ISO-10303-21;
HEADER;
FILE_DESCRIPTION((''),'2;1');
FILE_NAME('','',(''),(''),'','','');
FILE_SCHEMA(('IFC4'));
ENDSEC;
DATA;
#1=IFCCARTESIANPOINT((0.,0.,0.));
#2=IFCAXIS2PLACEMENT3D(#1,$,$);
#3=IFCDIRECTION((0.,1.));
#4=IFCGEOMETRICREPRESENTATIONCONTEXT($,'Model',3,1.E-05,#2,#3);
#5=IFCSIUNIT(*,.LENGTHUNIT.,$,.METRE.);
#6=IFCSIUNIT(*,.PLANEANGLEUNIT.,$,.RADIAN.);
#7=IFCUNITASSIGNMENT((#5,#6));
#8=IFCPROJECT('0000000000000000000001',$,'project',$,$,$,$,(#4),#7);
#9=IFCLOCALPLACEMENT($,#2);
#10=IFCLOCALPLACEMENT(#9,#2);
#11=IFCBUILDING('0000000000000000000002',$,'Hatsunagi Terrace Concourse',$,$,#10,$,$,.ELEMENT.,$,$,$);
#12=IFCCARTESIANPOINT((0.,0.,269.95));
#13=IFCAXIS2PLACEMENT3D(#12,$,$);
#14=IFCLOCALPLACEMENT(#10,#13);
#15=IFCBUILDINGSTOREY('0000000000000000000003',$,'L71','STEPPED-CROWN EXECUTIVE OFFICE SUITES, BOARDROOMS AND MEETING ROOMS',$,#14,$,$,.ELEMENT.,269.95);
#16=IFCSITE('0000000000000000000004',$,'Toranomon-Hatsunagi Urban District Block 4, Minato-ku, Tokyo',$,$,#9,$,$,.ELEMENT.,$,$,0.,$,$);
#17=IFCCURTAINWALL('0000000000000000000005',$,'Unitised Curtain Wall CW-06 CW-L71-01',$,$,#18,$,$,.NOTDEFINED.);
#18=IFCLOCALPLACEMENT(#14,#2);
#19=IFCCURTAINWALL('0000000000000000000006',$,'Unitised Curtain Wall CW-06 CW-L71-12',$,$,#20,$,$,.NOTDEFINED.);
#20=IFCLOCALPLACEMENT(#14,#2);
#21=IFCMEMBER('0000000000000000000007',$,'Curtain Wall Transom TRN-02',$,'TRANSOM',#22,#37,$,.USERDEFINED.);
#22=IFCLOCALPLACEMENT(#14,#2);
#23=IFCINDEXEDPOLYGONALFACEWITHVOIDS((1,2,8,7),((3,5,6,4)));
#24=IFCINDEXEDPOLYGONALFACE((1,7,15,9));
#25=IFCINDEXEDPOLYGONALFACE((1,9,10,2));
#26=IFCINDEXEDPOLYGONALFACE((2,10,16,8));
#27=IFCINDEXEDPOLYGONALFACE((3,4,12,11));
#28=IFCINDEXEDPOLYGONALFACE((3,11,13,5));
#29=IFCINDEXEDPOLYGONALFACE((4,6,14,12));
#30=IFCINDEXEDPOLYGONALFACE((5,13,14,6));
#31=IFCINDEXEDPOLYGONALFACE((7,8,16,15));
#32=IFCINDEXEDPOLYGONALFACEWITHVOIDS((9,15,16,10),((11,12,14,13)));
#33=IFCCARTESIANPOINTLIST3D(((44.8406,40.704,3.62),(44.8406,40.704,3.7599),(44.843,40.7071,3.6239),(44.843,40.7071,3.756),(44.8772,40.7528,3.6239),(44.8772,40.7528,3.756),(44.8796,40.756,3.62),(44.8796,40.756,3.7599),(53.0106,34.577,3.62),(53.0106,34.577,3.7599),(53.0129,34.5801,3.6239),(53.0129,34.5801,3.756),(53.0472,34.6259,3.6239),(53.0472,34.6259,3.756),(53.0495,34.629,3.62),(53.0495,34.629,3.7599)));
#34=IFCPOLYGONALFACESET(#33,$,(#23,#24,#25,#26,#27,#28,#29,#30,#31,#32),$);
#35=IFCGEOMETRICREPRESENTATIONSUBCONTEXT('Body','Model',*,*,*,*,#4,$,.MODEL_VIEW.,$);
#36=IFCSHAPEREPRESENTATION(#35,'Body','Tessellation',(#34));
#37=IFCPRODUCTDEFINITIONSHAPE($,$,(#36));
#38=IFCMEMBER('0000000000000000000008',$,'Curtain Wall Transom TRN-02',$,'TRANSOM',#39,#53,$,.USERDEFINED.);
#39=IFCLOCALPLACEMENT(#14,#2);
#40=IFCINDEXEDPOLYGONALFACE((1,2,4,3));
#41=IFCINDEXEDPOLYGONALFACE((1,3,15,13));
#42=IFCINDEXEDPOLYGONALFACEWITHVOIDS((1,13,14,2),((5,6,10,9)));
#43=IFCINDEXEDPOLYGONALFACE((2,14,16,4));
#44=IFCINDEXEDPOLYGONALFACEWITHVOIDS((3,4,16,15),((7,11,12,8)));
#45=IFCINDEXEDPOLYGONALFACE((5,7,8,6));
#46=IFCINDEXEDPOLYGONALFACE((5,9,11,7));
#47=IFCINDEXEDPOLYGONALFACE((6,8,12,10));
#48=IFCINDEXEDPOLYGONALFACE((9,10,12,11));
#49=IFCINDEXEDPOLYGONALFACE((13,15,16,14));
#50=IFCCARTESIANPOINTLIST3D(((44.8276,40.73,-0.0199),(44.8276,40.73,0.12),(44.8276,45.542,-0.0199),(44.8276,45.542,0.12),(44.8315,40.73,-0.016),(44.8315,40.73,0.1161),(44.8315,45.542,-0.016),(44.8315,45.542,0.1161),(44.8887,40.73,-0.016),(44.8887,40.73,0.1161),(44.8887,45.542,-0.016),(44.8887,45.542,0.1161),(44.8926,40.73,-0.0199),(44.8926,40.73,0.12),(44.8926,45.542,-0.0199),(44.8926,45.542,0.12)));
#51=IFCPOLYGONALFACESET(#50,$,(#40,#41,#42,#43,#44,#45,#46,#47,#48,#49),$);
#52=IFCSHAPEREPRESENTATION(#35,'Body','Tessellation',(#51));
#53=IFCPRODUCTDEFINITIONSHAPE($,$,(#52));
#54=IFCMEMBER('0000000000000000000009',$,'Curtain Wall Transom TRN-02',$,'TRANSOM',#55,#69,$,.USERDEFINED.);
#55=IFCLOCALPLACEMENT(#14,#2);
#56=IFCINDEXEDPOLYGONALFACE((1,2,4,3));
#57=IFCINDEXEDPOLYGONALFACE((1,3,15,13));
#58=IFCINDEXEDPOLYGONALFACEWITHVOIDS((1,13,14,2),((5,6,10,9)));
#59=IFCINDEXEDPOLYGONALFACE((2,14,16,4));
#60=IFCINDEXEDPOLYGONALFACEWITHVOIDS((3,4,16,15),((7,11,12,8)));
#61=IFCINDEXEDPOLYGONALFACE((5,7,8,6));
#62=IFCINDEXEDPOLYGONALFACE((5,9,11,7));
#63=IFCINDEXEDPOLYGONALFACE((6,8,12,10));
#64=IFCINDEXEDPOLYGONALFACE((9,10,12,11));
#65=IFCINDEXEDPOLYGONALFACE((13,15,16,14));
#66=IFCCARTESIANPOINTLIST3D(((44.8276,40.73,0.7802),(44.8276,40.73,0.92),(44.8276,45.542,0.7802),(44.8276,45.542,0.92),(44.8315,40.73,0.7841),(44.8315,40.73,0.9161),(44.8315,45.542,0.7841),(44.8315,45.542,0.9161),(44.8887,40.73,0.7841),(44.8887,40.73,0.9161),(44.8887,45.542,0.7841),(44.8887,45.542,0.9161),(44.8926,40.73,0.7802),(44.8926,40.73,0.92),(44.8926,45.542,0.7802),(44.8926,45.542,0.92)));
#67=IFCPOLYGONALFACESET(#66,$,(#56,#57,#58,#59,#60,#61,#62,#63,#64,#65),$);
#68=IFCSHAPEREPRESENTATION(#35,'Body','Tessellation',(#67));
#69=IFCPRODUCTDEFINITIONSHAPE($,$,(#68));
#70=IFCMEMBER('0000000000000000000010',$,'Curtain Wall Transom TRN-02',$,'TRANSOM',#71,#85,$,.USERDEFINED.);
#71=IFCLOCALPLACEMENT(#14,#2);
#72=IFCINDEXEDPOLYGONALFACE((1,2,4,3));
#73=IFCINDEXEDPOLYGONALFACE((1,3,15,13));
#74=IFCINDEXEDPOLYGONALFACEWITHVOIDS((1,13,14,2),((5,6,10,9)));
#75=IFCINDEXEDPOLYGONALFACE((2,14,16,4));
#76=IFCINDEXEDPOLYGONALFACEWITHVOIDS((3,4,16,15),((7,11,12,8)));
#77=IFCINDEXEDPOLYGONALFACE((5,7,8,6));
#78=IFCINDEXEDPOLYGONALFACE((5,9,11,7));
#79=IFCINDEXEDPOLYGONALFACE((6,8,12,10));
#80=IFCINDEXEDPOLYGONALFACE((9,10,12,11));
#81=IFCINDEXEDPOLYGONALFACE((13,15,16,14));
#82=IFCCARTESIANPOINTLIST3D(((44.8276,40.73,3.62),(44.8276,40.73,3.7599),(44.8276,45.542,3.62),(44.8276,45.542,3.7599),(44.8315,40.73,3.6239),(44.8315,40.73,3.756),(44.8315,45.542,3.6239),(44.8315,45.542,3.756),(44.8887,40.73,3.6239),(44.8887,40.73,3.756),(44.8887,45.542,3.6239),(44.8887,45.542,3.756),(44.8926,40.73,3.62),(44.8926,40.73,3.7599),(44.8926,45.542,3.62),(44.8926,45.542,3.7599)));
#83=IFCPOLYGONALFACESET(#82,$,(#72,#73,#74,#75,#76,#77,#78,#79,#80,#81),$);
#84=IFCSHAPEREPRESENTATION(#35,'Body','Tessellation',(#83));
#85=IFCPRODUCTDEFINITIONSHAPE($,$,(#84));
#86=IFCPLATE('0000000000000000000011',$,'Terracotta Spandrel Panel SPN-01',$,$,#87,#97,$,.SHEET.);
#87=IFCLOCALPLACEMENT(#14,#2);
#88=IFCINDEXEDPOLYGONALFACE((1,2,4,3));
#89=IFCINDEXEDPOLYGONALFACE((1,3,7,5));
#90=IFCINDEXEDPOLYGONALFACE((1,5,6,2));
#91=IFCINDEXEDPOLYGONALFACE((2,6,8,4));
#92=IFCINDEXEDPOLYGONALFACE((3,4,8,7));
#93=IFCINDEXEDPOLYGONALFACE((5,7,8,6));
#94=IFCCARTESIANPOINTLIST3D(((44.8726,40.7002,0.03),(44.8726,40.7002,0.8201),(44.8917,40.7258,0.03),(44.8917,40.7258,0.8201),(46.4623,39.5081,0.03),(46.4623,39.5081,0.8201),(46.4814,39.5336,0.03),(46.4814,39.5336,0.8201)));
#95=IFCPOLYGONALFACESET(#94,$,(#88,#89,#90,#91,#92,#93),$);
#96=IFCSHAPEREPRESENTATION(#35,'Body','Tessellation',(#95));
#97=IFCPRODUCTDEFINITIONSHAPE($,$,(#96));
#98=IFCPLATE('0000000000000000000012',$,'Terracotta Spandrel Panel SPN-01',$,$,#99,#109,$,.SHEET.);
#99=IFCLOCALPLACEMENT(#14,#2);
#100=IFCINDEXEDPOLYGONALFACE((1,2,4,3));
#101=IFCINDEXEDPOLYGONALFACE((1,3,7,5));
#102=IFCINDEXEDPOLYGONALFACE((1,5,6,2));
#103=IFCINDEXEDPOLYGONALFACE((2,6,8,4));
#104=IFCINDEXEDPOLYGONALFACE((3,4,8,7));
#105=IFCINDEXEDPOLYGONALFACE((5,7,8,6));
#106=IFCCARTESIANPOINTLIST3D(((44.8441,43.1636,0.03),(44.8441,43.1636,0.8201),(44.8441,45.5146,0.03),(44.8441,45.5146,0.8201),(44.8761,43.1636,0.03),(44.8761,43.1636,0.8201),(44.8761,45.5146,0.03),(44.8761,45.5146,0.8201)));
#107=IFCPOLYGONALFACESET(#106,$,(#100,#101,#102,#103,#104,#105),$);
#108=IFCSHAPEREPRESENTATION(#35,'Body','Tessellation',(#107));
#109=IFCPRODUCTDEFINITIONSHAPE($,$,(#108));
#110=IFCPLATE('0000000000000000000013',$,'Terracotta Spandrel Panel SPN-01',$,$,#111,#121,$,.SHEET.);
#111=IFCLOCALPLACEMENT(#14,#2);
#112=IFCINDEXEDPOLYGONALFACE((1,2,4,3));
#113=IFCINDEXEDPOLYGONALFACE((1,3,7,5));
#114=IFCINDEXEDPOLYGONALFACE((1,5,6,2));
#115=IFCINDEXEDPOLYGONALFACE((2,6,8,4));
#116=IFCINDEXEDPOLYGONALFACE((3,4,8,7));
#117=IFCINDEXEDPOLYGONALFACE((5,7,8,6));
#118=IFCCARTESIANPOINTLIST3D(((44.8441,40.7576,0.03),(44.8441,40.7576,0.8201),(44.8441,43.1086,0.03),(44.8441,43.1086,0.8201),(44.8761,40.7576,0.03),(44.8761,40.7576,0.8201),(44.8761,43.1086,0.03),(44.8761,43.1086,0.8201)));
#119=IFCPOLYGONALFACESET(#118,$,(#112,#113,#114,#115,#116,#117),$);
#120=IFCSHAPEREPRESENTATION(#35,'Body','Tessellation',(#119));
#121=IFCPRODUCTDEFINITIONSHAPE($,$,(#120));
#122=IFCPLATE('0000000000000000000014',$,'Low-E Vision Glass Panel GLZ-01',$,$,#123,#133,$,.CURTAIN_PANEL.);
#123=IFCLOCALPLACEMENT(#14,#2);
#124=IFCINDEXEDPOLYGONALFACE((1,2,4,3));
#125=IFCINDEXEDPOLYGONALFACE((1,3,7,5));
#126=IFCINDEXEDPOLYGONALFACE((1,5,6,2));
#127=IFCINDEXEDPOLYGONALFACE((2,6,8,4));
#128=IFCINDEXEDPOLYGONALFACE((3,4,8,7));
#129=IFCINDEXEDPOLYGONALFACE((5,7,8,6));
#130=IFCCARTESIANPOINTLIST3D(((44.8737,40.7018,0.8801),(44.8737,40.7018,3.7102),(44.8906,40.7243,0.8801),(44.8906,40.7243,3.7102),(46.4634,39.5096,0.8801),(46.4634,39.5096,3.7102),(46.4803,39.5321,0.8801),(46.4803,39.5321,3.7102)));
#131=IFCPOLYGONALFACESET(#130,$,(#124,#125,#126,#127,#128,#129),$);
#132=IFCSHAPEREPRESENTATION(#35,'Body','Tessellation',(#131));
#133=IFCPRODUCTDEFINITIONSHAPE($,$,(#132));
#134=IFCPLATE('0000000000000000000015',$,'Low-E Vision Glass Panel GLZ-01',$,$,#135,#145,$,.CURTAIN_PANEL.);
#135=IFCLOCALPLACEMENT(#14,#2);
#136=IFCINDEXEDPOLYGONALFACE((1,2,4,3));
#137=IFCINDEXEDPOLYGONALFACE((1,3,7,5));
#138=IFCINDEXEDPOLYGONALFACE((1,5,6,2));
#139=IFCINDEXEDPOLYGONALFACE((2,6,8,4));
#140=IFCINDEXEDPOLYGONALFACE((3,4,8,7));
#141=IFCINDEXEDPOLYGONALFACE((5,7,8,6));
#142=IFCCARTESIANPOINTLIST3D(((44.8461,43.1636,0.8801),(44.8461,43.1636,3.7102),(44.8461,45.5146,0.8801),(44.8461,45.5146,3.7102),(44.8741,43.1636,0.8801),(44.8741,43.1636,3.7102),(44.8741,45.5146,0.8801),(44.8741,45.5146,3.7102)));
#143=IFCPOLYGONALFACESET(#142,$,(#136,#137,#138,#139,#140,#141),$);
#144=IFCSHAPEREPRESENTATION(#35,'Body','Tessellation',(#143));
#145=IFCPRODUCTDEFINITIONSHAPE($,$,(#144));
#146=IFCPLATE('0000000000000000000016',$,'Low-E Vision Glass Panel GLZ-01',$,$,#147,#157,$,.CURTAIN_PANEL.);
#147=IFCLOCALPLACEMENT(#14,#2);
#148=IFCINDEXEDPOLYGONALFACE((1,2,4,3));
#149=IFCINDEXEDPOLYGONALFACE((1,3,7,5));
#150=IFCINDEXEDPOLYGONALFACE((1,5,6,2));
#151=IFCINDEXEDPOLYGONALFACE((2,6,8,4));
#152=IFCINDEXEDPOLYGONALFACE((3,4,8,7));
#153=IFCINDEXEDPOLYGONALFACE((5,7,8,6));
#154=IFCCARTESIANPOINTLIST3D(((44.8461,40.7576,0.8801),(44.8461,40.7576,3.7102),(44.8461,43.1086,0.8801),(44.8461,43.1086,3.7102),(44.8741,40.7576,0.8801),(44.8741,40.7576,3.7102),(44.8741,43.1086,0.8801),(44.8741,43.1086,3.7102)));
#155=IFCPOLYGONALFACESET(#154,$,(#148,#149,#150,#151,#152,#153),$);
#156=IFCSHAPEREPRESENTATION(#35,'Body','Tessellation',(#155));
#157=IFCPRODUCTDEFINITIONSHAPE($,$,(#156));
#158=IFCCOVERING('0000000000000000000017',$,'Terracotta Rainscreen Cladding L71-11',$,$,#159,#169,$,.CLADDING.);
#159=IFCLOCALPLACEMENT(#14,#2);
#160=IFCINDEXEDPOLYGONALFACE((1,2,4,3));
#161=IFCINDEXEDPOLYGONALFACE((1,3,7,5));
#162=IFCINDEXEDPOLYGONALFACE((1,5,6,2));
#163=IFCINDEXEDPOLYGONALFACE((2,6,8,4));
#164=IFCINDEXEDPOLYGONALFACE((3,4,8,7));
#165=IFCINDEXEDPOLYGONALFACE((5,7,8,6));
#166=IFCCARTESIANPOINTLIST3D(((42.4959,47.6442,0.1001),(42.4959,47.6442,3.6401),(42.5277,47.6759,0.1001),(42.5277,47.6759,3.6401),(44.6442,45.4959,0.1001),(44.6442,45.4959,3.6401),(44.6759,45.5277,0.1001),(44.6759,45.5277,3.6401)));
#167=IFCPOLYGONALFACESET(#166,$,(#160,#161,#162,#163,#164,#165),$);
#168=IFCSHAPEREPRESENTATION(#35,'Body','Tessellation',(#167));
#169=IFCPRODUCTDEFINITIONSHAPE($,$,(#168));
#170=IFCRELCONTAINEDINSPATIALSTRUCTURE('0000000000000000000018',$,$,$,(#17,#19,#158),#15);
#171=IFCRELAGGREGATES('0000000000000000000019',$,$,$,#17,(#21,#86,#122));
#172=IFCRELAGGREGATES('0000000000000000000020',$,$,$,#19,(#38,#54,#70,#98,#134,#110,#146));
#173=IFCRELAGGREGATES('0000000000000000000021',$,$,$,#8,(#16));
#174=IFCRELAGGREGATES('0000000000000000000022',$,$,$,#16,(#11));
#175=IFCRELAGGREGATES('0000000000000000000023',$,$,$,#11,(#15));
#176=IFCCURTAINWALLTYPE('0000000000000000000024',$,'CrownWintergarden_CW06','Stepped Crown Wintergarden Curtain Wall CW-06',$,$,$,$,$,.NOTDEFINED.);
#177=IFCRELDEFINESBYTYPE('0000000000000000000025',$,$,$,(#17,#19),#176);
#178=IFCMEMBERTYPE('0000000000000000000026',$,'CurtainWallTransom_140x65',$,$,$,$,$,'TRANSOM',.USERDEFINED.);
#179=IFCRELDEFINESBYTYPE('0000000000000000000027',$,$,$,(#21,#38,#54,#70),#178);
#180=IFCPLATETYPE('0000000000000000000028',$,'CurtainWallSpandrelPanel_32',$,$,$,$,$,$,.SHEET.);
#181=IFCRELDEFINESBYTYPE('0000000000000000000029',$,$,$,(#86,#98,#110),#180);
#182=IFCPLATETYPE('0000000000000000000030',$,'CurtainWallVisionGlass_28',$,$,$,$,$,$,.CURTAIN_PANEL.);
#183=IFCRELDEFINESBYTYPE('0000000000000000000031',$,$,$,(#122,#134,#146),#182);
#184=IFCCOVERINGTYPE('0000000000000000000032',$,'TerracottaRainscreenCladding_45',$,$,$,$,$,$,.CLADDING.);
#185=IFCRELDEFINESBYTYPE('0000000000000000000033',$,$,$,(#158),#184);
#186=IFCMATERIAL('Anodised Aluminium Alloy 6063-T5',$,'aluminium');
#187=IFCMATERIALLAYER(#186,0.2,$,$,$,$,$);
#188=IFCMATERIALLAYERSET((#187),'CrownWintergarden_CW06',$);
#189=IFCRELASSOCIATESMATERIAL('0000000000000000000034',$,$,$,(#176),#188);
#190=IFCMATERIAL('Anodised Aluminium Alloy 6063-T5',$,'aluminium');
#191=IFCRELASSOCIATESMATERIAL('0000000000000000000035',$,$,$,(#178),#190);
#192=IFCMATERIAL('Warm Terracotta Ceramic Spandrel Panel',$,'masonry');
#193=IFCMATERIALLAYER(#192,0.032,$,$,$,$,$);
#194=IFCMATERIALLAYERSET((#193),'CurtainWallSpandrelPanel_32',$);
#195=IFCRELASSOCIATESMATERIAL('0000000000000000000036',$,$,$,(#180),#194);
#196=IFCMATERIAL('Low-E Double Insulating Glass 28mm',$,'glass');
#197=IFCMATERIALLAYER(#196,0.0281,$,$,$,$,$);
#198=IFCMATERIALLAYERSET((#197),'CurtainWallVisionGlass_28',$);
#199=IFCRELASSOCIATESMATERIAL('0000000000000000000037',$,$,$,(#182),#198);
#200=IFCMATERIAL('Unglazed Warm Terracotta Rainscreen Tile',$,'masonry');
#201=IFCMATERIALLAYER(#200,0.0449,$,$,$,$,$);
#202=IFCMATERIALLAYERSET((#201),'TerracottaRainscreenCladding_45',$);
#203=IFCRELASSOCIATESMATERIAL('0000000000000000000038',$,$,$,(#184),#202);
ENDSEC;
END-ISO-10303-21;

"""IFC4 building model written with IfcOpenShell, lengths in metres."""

from ifc_helpers import new_model, si_unit, direction, frame, origin, origin_2d, place, context, subcontext, project, spatial, rectangle, hollow_rectangle, extrude, material, layer, layer_set, material_profile, profile_set, type_object, element, aggregate, save


model = new_model("IFC4")

# Units and contexts
model_context = context("Model", 3, precision=1e-05, world=origin(), true_north=direction((0.0, 1.0)))
body_context = subcontext(model_context, "Body", "Model", "MODEL_VIEW")
ifc_project = project(units=[si_unit("LENGTHUNIT", "METRE"), si_unit("PLANEANGLEUNIT", "RADIAN")], contexts=[model_context])

# Site, building, storey
site_placement = place(None, origin())
site = spatial("IfcSite", under=ifc_project, at=site_placement, Name="Toranomon-Hatsunagi Urban District Block 4, Minato-ku, Tokyo", CompositionType="ELEMENT", RefElevation=0.0)
building_placement = place(site_placement, origin())
building = spatial("IfcBuilding", under=site, at=building_placement, Name="Hatsunagi Terrace Concourse", CompositionType="ELEMENT")
storey_placement = place(building_placement, frame((0.0, 0.0, 269.95)))
storey = spatial("IfcBuildingStorey", under=building, at=storey_placement, Name="L71", Description="STEPPED-CROWN EXECUTIVE OFFICE SUITES, BOARDROOMS AND MEETING ROOMS", CompositionType="ELEMENT", Elevation=269.95)

# Curtain walls
ifc_material_1 = material(Name="Anodised Aluminium Alloy 6063-T5", Category="aluminium")
ifc_layer_1 = layer(ifc_material_1, 0.2)
ifc_layer_set_1 = layer_set([ifc_layer_1], Name="CrownWintergarden_CW06")
curtain_wall_type = type_object("IfcCurtainWallType", Name="CrownWintergarden_CW06", Description="Stepped Crown Wintergarden Curtain Wall CW-06", PredefinedType="NOTDEFINED", material=ifc_layer_set_1)
curtain_wall_1_placement = place(storey_placement, origin())
curtain_wall_1 = element("IfcCurtainWall", 1, at=curtain_wall_1_placement, inside=storey, type_object=curtain_wall_type, Name="Unitised Curtain Wall CW-06 CW-L71-01", PredefinedType="NOTDEFINED")
curtain_wall_2_placement = place(storey_placement, origin())
curtain_wall_2 = element("IfcCurtainWall", 2, at=curtain_wall_2_placement, inside=storey, type_object=curtain_wall_type, Name="Unitised Curtain Wall CW-06 CW-L71-12", PredefinedType="NOTDEFINED")

# Members
ifc_material_2 = material(Name="Anodised Aluminium Alloy 6063-T5", Category="aluminium")
ifc_material_profile_1 = material_profile(ifc_material_2, hollow_rectangle(XDim=0.0649, YDim=0.1399, WallThickness=0.0039, at=origin_2d()), Name="ALU-TRN-140x65x4")
ifc_profile_set_1 = profile_set([ifc_material_profile_1], Name="Anodised Aluminium Alloy 6063-T5")
member_type_1 = type_object("IfcMemberType", Name="CurtainWallTransom_140x65", ElementType="TRANSOM", PredefinedType="USERDEFINED", material=ifc_profile_set_1)
member_1_placement = place(storey_placement, frame((44.8601, 40.73, 3.6899), z_axis=(0.800023, -0.599969, 0.0), x_axis=(0.599969, 0.800023, 0.0)))
member_1 = element("IfcMember", 3, at=member_1_placement, type_object=member_type_1, Name="Curtain Wall Transom TRN-02", ObjectType="TRANSOM", PredefinedType="USERDEFINED", context=body_context, shape_type="SweptSolid", body=[
    extrude(hollow_rectangle(XDim=0.0649, YDim=0.1399, WallThickness=0.0039, at=origin_2d()), origin(), (0.0, 0.0, 1.0), 10.2122),
])
member_2_placement = place(storey_placement, frame((44.8601, 45.542, 0.05), z_axis=(0.0, -1.0, 0.0), x_axis=(1.0, 0.0, 0.0)))
member_2 = element("IfcMember", 4, at=member_2_placement, type_object=member_type_1, Name="Curtain Wall Transom TRN-02", ObjectType="TRANSOM", PredefinedType="USERDEFINED", context=body_context, shape_type="SweptSolid", body=[
    extrude(hollow_rectangle(XDim=0.0649, YDim=0.1399, WallThickness=0.0039, at=origin_2d()), origin(), (0.0, 0.0, 1.0), 4.812),
])
member_3_placement = place(storey_placement, frame((44.8601, 45.542, 0.8501), z_axis=(0.0, -1.0, 0.0), x_axis=(1.0, 0.0, 0.0)))
member_3 = element("IfcMember", 5, at=member_3_placement, type_object=member_type_1, Name="Curtain Wall Transom TRN-02", ObjectType="TRANSOM", PredefinedType="USERDEFINED", context=body_context, shape_type="SweptSolid", body=[
    extrude(hollow_rectangle(XDim=0.0649, YDim=0.1399, WallThickness=0.0039, at=origin_2d()), origin(), (0.0, 0.0, 1.0), 4.812),
])
member_4_placement = place(storey_placement, frame((44.8601, 45.542, 3.6899), z_axis=(0.0, -1.0, 0.0), x_axis=(1.0, 0.0, 0.0)))
member_4 = element("IfcMember", 6, at=member_4_placement, type_object=member_type_1, Name="Curtain Wall Transom TRN-02", ObjectType="TRANSOM", PredefinedType="USERDEFINED", context=body_context, shape_type="SweptSolid", body=[
    extrude(hollow_rectangle(XDim=0.0649, YDim=0.1399, WallThickness=0.0039, at=origin_2d()), origin(), (0.0, 0.0, 1.0), 4.812),
])

# Plates
ifc_material_3 = material(Name="Warm Terracotta Ceramic Spandrel Panel", Category="masonry")
ifc_layer_2 = layer(ifc_material_3, 0.032)
ifc_layer_set_2 = layer_set([ifc_layer_2], Name="CurtainWallSpandrelPanel_32")
plate_type_1 = type_object("IfcPlateType", Name="CurtainWallSpandrelPanel_32", PredefinedType="SHEET", material=ifc_layer_set_2)
plate_1_placement = place(storey_placement, frame((45.677, 40.1169, 0.03), z_axis=(0.0, 0.0, 1.0), x_axis=(0.800023, -0.599969, 0.0)))
plate_1 = element("IfcPlate", 7, at=plate_1_placement, type_object=plate_type_1, Name="Terracotta Spandrel Panel SPN-01", PredefinedType="SHEET", context=body_context, shape_type="SweptSolid", body=[
    extrude(rectangle(XDim=1.9871, YDim=0.032, at=origin_2d()), origin(), (0.0, 0.0, 1.0), 0.79),
])
plate_2_placement = place(storey_placement, frame((44.8601, 44.3391, 0.03), z_axis=(0.0, 0.0, 1.0), x_axis=(0.0, -1.0, 0.0)))
plate_2 = element("IfcPlate", 8, at=plate_2_placement, type_object=plate_type_1, Name="Terracotta Spandrel Panel SPN-01", PredefinedType="SHEET", context=body_context, shape_type="SweptSolid", body=[
    extrude(rectangle(XDim=2.3511, YDim=0.032, at=origin_2d()), origin(), (0.0, 0.0, 1.0), 0.79),
])
plate_3_placement = place(storey_placement, frame((44.8601, 41.9331, 0.03), z_axis=(0.0, 0.0, 1.0), x_axis=(0.0, -1.0, 0.0)))
plate_3 = element("IfcPlate", 9, at=plate_3_placement, type_object=plate_type_1, Name="Terracotta Spandrel Panel SPN-01", PredefinedType="SHEET", context=body_context, shape_type="SweptSolid", body=[
    extrude(rectangle(XDim=2.3511, YDim=0.032, at=origin_2d()), origin(), (0.0, 0.0, 1.0), 0.79),
])
ifc_material_4 = material(Name="Low-E Double Insulating Glass 28mm", Category="glass")
ifc_layer_3 = layer(ifc_material_4, 0.0281)
ifc_layer_set_3 = layer_set([ifc_layer_3], Name="CurtainWallVisionGlass_28")
plate_type_2 = type_object("IfcPlateType", Name="CurtainWallVisionGlass_28", PredefinedType="CURTAIN_PANEL", material=ifc_layer_set_3)
plate_4_placement = place(storey_placement, frame((45.677, 40.1169, 0.8801), z_axis=(0.0, 0.0, 1.0), x_axis=(0.800023, -0.599969, 0.0)))
plate_4 = element("IfcPlate", 10, at=plate_4_placement, type_object=plate_type_2, Name="Low-E Vision Glass Panel GLZ-01", PredefinedType="CURTAIN_PANEL", context=body_context, shape_type="SweptSolid", body=[
    extrude(rectangle(XDim=1.9871, YDim=0.0281, at=origin_2d()), origin(), (0.0, 0.0, 1.0), 2.8301),
])
aggregate(curtain_wall_1, [member_1, plate_1, plate_4])
plate_5_placement = place(storey_placement, frame((44.8601, 44.3391, 0.8801), z_axis=(0.0, 0.0, 1.0), x_axis=(0.0, -1.0, 0.0)))
plate_5 = element("IfcPlate", 11, at=plate_5_placement, type_object=plate_type_2, Name="Low-E Vision Glass Panel GLZ-01", PredefinedType="CURTAIN_PANEL", context=body_context, shape_type="SweptSolid", body=[
    extrude(rectangle(XDim=2.3511, YDim=0.0281, at=origin_2d()), origin(), (0.0, 0.0, 1.0), 2.8301),
])
plate_6_placement = place(storey_placement, frame((44.8601, 41.9331, 0.8801), z_axis=(0.0, 0.0, 1.0), x_axis=(0.0, -1.0, 0.0)))
plate_6 = element("IfcPlate", 12, at=plate_6_placement, type_object=plate_type_2, Name="Low-E Vision Glass Panel GLZ-01", PredefinedType="CURTAIN_PANEL", context=body_context, shape_type="SweptSolid", body=[
    extrude(rectangle(XDim=2.3511, YDim=0.0281, at=origin_2d()), origin(), (0.0, 0.0, 1.0), 2.8301),
])
aggregate(curtain_wall_2, [member_2, member_3, member_4, plate_2, plate_5, plate_3, plate_6])

# Covering
ifc_material_5 = material(Name="Unglazed Warm Terracotta Rainscreen Tile", Category="masonry")
ifc_layer_4 = layer(ifc_material_5, 0.0449)
ifc_layer_set_4 = layer_set([ifc_layer_4], Name="TerracottaRainscreenCladding_45")
covering_type = type_object("IfcCoveringType", Name="TerracottaRainscreenCladding_45", PredefinedType="CLADDING", material=ifc_layer_set_4)
covering_placement = place(storey_placement, frame((43.5859, 46.5859, 0.1001), z_axis=(0.0, 0.0, 1.0), x_axis=(0.707107, -0.707107, 0.0)))
element("IfcCovering", 13, at=covering_placement, inside=storey, type_object=covering_type, Name="Terracotta Rainscreen Cladding L71-11", PredefinedType="CLADDING", context=body_context, shape_type="SweptSolid", body=[
    extrude(rectangle(XDim=3.0381, YDim=0.0449, at=origin_2d()), origin(), (0.0, 0.0, 1.0), 3.54),
])

save(model, "model.ifc")
